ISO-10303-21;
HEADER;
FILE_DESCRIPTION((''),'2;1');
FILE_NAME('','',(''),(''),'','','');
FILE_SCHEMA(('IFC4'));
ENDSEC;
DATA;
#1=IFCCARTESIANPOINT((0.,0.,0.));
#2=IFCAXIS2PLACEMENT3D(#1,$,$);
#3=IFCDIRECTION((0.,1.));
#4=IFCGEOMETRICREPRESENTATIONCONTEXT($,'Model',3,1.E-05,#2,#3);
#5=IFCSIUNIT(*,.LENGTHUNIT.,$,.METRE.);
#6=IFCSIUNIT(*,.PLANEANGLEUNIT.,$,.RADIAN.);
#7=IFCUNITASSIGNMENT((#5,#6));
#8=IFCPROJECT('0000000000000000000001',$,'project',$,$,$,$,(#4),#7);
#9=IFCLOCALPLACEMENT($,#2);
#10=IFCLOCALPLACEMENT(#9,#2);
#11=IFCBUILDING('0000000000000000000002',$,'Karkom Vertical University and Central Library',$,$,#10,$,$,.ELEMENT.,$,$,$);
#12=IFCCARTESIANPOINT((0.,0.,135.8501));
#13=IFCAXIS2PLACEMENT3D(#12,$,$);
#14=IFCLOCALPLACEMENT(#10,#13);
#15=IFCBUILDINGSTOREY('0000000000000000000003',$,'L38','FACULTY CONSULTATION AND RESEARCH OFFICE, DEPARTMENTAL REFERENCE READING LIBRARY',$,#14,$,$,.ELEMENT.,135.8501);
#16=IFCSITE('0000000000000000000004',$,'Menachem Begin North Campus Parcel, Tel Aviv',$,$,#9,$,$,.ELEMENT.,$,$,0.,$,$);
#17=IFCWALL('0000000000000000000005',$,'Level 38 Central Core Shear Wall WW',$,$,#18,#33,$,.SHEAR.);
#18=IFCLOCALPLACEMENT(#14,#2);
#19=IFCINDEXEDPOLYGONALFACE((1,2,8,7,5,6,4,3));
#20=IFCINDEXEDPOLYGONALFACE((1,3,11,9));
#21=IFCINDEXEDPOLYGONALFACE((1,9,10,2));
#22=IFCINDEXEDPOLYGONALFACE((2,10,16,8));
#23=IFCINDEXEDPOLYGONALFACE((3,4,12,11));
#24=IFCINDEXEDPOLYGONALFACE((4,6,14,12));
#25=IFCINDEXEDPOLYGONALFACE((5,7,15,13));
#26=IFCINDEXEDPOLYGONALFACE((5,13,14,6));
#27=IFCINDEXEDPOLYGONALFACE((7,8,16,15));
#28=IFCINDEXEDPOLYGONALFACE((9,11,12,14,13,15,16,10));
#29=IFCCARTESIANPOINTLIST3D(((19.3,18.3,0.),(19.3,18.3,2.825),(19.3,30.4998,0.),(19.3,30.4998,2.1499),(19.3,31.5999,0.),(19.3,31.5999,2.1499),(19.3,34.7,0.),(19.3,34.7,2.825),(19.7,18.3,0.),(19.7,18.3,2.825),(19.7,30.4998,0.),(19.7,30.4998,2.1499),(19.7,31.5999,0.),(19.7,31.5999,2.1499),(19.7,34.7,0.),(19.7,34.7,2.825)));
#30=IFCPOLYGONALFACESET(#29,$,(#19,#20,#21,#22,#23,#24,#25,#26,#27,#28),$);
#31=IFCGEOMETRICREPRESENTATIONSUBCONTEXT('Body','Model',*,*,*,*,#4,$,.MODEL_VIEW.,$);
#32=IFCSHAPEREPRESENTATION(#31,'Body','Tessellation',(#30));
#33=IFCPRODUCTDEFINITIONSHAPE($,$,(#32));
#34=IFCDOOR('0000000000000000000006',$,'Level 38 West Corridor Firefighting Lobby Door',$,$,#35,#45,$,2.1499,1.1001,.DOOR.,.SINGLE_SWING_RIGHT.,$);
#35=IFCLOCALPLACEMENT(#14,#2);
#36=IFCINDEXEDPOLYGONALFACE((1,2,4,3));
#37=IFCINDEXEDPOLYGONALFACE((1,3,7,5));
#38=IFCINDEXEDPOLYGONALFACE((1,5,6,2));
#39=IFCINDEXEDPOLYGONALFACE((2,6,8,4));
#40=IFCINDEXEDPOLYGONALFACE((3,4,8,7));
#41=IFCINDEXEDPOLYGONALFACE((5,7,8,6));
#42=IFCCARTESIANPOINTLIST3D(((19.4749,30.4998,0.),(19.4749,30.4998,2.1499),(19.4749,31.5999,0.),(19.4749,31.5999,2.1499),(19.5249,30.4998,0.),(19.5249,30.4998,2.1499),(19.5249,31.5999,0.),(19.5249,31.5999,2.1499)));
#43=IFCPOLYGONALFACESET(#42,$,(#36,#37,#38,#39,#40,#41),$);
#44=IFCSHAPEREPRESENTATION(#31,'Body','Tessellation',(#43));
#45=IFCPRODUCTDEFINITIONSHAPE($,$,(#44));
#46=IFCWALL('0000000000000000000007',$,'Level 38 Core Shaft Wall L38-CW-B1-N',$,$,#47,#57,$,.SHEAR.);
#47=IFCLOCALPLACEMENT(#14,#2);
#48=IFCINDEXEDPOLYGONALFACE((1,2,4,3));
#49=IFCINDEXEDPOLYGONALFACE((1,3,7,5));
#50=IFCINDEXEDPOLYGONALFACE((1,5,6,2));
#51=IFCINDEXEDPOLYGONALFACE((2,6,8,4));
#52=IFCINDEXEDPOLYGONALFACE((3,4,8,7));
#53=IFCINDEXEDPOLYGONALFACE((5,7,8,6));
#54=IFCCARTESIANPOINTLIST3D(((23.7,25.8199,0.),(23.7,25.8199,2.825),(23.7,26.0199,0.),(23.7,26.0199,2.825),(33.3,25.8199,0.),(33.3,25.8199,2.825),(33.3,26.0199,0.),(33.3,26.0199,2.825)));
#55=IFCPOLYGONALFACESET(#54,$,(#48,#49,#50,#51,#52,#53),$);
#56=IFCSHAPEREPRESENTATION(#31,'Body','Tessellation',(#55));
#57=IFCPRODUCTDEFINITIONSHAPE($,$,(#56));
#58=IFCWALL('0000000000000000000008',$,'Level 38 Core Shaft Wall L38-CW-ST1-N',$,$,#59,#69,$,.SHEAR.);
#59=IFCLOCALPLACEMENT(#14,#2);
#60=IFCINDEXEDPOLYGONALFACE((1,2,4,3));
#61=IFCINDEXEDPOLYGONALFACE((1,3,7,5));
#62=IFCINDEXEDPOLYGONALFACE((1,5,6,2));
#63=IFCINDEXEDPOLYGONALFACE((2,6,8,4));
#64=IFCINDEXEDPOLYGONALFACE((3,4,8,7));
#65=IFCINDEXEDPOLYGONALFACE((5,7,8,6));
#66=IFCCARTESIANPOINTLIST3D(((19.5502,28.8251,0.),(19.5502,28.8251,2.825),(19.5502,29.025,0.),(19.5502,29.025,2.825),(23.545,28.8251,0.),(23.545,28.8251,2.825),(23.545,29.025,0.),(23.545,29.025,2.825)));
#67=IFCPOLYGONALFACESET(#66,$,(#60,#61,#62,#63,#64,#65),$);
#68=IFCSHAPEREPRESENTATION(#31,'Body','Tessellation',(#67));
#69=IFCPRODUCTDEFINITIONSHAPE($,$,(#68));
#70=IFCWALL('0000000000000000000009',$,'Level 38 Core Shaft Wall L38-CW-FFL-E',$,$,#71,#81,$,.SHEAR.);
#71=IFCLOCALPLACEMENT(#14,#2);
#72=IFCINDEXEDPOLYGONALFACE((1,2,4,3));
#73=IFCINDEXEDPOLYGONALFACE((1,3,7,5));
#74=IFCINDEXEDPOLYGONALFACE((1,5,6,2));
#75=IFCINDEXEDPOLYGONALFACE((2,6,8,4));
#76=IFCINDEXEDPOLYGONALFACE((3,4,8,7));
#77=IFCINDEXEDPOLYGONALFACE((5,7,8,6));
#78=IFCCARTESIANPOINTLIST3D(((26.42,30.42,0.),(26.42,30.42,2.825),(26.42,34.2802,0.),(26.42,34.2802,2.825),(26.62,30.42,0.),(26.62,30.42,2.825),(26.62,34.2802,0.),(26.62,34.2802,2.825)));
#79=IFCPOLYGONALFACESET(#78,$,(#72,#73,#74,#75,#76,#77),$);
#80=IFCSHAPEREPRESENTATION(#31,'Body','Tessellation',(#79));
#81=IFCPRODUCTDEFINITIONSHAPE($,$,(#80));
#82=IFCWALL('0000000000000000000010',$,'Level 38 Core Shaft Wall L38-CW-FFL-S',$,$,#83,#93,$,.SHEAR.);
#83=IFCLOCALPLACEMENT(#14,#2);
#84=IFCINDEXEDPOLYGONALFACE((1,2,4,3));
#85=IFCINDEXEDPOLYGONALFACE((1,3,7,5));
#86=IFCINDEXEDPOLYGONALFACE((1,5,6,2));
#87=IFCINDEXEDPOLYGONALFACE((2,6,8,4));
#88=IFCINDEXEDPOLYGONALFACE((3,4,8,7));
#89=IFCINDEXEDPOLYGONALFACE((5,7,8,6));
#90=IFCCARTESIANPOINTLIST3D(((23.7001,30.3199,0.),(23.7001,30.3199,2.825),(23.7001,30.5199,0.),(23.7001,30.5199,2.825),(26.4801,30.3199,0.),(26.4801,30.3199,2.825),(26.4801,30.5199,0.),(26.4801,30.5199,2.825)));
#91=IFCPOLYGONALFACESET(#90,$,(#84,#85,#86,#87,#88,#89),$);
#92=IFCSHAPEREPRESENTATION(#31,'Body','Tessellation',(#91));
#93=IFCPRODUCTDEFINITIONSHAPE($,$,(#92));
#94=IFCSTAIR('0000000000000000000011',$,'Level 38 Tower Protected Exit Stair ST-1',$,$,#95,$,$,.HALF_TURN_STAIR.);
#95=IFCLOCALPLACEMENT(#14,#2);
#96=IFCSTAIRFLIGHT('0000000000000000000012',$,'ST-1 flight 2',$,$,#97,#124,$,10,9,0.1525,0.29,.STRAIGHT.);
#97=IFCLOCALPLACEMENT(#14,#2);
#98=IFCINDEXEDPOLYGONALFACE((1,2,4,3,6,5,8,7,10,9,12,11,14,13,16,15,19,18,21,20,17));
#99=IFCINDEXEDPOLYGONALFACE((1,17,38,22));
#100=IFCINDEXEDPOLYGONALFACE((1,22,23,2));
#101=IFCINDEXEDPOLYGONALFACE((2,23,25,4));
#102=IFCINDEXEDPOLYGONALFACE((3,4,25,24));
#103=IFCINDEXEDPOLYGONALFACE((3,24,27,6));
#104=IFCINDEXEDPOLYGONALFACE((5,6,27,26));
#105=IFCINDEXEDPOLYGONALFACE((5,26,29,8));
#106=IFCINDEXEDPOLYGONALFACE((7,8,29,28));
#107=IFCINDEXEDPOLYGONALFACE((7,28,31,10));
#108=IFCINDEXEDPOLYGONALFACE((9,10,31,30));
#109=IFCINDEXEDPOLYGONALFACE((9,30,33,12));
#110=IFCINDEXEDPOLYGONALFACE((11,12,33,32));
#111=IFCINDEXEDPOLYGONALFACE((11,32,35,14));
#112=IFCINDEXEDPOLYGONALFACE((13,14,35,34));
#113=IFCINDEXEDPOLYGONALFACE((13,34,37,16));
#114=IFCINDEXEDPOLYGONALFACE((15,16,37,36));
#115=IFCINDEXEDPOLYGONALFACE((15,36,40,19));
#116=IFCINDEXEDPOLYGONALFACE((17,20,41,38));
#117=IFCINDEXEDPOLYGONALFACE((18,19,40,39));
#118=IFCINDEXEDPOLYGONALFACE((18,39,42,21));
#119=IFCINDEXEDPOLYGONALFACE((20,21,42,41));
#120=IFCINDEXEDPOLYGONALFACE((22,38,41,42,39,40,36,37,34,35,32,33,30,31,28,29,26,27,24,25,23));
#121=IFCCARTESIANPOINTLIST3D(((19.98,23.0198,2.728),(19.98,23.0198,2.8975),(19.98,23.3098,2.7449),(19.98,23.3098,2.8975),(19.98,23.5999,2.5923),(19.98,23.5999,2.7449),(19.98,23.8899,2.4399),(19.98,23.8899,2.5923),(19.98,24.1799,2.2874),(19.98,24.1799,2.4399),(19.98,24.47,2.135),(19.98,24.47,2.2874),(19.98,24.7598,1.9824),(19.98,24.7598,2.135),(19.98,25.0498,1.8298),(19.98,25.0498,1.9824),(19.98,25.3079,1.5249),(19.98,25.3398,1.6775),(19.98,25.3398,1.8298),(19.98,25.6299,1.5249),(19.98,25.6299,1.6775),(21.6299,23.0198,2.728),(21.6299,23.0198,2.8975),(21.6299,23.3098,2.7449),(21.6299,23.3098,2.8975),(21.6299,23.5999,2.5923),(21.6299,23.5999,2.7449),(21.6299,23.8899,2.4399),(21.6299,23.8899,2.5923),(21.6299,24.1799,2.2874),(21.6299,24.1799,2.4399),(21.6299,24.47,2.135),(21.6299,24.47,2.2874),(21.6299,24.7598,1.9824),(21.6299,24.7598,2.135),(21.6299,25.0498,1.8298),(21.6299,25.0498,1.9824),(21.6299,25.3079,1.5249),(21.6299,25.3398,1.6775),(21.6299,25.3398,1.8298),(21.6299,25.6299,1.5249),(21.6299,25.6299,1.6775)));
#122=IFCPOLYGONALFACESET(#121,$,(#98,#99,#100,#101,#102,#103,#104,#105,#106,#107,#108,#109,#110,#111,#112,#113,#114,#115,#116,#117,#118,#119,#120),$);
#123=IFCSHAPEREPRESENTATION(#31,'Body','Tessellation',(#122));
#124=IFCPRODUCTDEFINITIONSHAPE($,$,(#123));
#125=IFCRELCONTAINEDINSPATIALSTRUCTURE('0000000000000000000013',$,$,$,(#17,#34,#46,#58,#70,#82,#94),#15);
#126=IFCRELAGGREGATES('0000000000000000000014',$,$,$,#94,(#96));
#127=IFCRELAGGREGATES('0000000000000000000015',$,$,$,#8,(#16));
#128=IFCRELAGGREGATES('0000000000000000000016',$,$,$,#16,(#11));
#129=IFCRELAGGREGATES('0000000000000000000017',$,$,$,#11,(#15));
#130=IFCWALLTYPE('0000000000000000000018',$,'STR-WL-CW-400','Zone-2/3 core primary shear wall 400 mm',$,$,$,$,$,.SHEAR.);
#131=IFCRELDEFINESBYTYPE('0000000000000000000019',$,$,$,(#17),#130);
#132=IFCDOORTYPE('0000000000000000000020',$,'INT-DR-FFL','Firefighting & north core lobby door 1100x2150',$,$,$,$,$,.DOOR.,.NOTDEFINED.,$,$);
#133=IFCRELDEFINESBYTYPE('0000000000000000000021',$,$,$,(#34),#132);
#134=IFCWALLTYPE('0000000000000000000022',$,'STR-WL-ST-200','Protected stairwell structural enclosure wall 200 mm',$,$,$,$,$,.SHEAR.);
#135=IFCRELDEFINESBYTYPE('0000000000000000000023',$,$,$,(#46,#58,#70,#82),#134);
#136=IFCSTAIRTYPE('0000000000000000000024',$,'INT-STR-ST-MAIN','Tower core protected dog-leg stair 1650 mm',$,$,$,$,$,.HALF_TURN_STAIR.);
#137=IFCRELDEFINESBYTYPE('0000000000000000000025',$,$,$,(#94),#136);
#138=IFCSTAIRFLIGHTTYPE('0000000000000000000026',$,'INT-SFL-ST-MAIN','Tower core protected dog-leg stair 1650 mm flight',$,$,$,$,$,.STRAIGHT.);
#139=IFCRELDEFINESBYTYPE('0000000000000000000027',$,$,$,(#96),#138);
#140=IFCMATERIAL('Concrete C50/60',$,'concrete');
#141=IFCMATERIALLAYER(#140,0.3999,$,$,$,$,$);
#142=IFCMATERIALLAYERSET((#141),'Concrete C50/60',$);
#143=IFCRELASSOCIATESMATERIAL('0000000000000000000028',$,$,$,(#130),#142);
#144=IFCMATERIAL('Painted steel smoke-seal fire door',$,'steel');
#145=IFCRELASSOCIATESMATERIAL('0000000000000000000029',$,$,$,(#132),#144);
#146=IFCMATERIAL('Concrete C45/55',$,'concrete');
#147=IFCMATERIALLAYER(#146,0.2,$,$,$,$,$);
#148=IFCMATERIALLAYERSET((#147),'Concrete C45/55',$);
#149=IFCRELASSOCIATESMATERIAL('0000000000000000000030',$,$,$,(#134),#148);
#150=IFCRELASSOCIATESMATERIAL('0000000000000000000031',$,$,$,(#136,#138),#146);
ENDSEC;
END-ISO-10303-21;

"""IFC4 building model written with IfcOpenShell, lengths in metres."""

from ifc_helpers import new_model, si_unit, direction, frame, frame_2d, origin, origin_with_axes, place, context, subcontext, project, spatial, polyline, rectangle, outline, extrude, source, transform, mapped, material, layer, layer_set, type_object, element, fill, aggregate, save


model = new_model("IFC4")

# Units and contexts
model_context = context("Model", 3, precision=1e-05, world=origin(), true_north=direction((0.0, 1.0)))
body_context = subcontext(model_context, "Body", "Model", "MODEL_VIEW")
ifc_project = project(units=[si_unit("LENGTHUNIT", "METRE"), si_unit("PLANEANGLEUNIT", "RADIAN")], contexts=[model_context])

# Site, building, storey
site_placement = place(None, origin())
site = spatial("IfcSite", under=ifc_project, at=site_placement, Name="Menachem Begin North Campus Parcel, Tel Aviv", CompositionType="ELEMENT", RefElevation=0.0)
building_placement = place(site_placement, origin())
building = spatial("IfcBuilding", under=site, at=building_placement, Name="Karkom Vertical University and Central Library", CompositionType="ELEMENT")
storey_placement = place(building_placement, frame((0.0, 0.0, 135.8501)))
storey = spatial("IfcBuildingStorey", under=building, at=storey_placement, Name="L38", Description="FACULTY CONSULTATION AND RESEARCH OFFICE, DEPARTMENTAL REFERENCE READING LIBRARY", CompositionType="ELEMENT", Elevation=135.8501)

# Shared definitions
ifc_material_1 = material(Name="Concrete C50/60", Category="concrete")

# Wall, opening, door
ifc_layer_1 = layer(ifc_material_1, 0.3999)
ifc_layer_set_1 = layer_set([ifc_layer_1], Name="Concrete C50/60")
wall_type_1 = type_object("IfcWallType", Name="STR-WL-CW-400", Description="Zone-2/3 core primary shear wall 400 mm", PredefinedType="SHEAR", material=ifc_layer_set_1)
wall_1_placement = place(storey_placement, frame((19.5, 34.7, 0.0), z_axis=(0.0, 0.0, 1.0), x_axis=(0.0, -1.0, 0.0)))
wall_1 = element("IfcWall", 1, at=wall_1_placement, inside=storey, type_object=wall_type_1, Name="Level 38 Central Core Shear Wall WW", PredefinedType="SHEAR", context=body_context, shape_type="SweptSolid", body=[
    extrude(rectangle(XDim=16.3999, YDim=0.3999, at=frame_2d((8.2, 0.0))), origin(), (0.0, 0.0, 1.0), 2.825),
])
opening_1_placement = place(wall_1_placement, frame((3.1001, 0.0, 0.0)))
opening_1 = element("IfcOpeningElement", 2, at=opening_1_placement, cuts=wall_1, PredefinedType="OPENING", context=body_context, shape_type="SweptSolid", body=[
    extrude(rectangle(XDim=1.1001, YDim=2.1499, at=frame_2d((0.55, 1.075))), frame((0.0, 0.21, 0.0), z_axis=(0.0, -1.0, 0.0), x_axis=(1.0, 0.0, 0.0)), (0.0, 0.0, 1.0), 0.4199),
])
ifc_material_2 = material(Name="Painted steel smoke-seal fire door", Category="steel")
door_type_1 = type_object("IfcDoorType", Name="INT-DR-FFL", Description="Firefighting & north core lobby door 1100x2150", OperationType="NOTDEFINED", PredefinedType="DOOR", material=ifc_material_2)
shared_shape_1 = source(origin_with_axes(), body_context, "Body", "SweptSolid", [
    extrude(rectangle(XDim=1.1001, YDim=2.1499, at=frame_2d((0.55, 1.075))), frame((0.0, 0.0249, 0.0), z_axis=(0.0, -1.0, 0.0), x_axis=(1.0, 0.0, 0.0)), (0.0, 0.0, 1.0), 0.05),
])
door_1_placement = place(opening_1_placement, origin())
door_1 = element("IfcDoor", 3, at=door_1_placement, inside=storey, type_object=door_type_1, Name="Level 38 West Corridor Firefighting Lobby Door", OperationType="SINGLE_SWING_RIGHT", OverallHeight=2.1499, OverallWidth=1.1001, PredefinedType="DOOR", context=body_context, shape_type="MappedRepresentation", body=[
    mapped(shared_shape_1, transform((0.0, 0.0, 0.0), scale=1.0)),
])
fill(opening_1, door_1)

# Wall
ifc_material_3 = material(Name="Concrete C45/55", Category="concrete")
ifc_layer_2 = layer(ifc_material_3, 0.2)
ifc_layer_set_2 = layer_set([ifc_layer_2], Name="Concrete C45/55")
wall_type_2 = type_object("IfcWallType", Name="STR-WL-ST-200", Description="Protected stairwell structural enclosure wall 200 mm", PredefinedType="SHEAR", material=ifc_layer_set_2)
wall_2_placement = place(storey_placement, frame((23.7, 25.9199, 0.0), z_axis=(0.0, 0.0, 1.0), x_axis=(1.0, 0.0, 0.0)))
element("IfcWall", 4, at=wall_2_placement, inside=storey, type_object=wall_type_2, Name="Level 38 Core Shaft Wall L38-CW-B1-N", PredefinedType="SHEAR", context=body_context, shape_type="SweptSolid", body=[
    extrude(rectangle(XDim=9.6001, YDim=0.2, at=frame_2d((4.8, 0.0))), origin(), (0.0, 0.0, 1.0), 2.825),
])

# Walls
wall_3_placement = place(storey_placement, frame((19.55, 28.925, 0.0), z_axis=(0.0, 0.0, 1.0), x_axis=(1.0, 0.0, 0.0)))
element("IfcWall", 5, at=wall_3_placement, inside=storey, type_object=wall_type_2, Name="Level 38 Core Shaft Wall L38-CW-ST1-N", PredefinedType="SHEAR", context=body_context, shape_type="SweptSolid", body=[
    extrude(rectangle(XDim=3.9949, YDim=0.2, at=frame_2d((1.9976, 0.0))), origin(), (0.0, 0.0, 1.0), 2.825),
])
wall_4_placement = place(storey_placement, frame((26.52, 30.4199, 0.0), z_axis=(0.0, 0.0, 1.0), x_axis=(0.0, 1.0, 0.0)))
element("IfcWall", 6, at=wall_4_placement, inside=storey, type_object=wall_type_2, Name="Level 38 Core Shaft Wall L38-CW-FFL-E", PredefinedType="SHEAR", context=body_context, shape_type="SweptSolid", body=[
    extrude(rectangle(XDim=3.8601, YDim=0.2, at=frame_2d((1.9302, 0.0))), origin(), (0.0, 0.0, 1.0), 2.825),
])
wall_5_placement = place(storey_placement, frame((23.7, 30.4199, 0.0), z_axis=(0.0, 0.0, 1.0), x_axis=(1.0, 0.0, 0.0)))
element("IfcWall", 7, at=wall_5_placement, inside=storey, type_object=wall_type_2, Name="Level 38 Core Shaft Wall L38-CW-FFL-S", PredefinedType="SHEAR", context=body_context, shape_type="SweptSolid", body=[
    extrude(rectangle(XDim=2.78, YDim=0.2, at=frame_2d((1.3901, 0.0))), origin(), (0.0, 0.0, 1.0), 2.825),
])

# Stair, stair flight
stair_type = type_object("IfcStairType", Name="INT-STR-ST-MAIN", Description="Tower core protected dog-leg stair 1650 mm", PredefinedType="HALF_TURN_STAIR", material=ifc_material_3)
stair_placement = place(storey_placement, origin())
stair = element("IfcStair", 8, at=stair_placement, inside=storey, type_object=stair_type, Name="Level 38 Tower Protected Exit Stair ST-1", PredefinedType="HALF_TURN_STAIR")
stair_flight_type = type_object("IfcStairFlightType", Name="INT-SFL-ST-MAIN", Description="Tower core protected dog-leg stair 1650 mm flight", PredefinedType="STRAIGHT", material=ifc_material_3)
stair_flight_placement = place(storey_placement, frame((20.8049, 25.6299, 1.5249), z_axis=(0.0, 0.0, 1.0), x_axis=(0.0, -1.0, 0.0)))
stair_flight = element("IfcStairFlight", 9, at=stair_flight_placement, type_object=stair_flight_type, Name="ST-1 flight 2", NumberOfRisers=10, NumberOfTreads=9, PredefinedType="STRAIGHT", RiserHeight=0.1525, TreadLength=0.29, context=body_context, shape_type="SweptSolid", body=[
    extrude(outline(polyline([(0.0, 0.0), (0.0, 0.1526), (0.29, 0.1526), (0.29, 0.3049), (0.5801, 0.3049), (0.5801, 0.4575), (0.8701, 0.4575), (0.8701, 0.6101), (1.1599, 0.6101), (1.1599, 0.7625), (1.45, 0.7625), (1.45, 0.915), (1.74, 0.915), (1.74, 1.0674), (2.03, 1.0674), (2.03, 1.22), (2.3201, 1.22), (2.3201, 1.3726), (2.6101, 1.3726), (2.6101, 1.5249), (2.6101, 1.2031), (0.322, 0.0), (0.0, 0.0)])), frame((0.0, 0.825, 0.0), z_axis=(0.0, -1.0, 0.0), x_axis=(1.0, 0.0, 0.0)), (0.0, 0.0, 1.0), 1.6499),
])
aggregate(stair, [stair_flight])

save(model, "model.ifc")
